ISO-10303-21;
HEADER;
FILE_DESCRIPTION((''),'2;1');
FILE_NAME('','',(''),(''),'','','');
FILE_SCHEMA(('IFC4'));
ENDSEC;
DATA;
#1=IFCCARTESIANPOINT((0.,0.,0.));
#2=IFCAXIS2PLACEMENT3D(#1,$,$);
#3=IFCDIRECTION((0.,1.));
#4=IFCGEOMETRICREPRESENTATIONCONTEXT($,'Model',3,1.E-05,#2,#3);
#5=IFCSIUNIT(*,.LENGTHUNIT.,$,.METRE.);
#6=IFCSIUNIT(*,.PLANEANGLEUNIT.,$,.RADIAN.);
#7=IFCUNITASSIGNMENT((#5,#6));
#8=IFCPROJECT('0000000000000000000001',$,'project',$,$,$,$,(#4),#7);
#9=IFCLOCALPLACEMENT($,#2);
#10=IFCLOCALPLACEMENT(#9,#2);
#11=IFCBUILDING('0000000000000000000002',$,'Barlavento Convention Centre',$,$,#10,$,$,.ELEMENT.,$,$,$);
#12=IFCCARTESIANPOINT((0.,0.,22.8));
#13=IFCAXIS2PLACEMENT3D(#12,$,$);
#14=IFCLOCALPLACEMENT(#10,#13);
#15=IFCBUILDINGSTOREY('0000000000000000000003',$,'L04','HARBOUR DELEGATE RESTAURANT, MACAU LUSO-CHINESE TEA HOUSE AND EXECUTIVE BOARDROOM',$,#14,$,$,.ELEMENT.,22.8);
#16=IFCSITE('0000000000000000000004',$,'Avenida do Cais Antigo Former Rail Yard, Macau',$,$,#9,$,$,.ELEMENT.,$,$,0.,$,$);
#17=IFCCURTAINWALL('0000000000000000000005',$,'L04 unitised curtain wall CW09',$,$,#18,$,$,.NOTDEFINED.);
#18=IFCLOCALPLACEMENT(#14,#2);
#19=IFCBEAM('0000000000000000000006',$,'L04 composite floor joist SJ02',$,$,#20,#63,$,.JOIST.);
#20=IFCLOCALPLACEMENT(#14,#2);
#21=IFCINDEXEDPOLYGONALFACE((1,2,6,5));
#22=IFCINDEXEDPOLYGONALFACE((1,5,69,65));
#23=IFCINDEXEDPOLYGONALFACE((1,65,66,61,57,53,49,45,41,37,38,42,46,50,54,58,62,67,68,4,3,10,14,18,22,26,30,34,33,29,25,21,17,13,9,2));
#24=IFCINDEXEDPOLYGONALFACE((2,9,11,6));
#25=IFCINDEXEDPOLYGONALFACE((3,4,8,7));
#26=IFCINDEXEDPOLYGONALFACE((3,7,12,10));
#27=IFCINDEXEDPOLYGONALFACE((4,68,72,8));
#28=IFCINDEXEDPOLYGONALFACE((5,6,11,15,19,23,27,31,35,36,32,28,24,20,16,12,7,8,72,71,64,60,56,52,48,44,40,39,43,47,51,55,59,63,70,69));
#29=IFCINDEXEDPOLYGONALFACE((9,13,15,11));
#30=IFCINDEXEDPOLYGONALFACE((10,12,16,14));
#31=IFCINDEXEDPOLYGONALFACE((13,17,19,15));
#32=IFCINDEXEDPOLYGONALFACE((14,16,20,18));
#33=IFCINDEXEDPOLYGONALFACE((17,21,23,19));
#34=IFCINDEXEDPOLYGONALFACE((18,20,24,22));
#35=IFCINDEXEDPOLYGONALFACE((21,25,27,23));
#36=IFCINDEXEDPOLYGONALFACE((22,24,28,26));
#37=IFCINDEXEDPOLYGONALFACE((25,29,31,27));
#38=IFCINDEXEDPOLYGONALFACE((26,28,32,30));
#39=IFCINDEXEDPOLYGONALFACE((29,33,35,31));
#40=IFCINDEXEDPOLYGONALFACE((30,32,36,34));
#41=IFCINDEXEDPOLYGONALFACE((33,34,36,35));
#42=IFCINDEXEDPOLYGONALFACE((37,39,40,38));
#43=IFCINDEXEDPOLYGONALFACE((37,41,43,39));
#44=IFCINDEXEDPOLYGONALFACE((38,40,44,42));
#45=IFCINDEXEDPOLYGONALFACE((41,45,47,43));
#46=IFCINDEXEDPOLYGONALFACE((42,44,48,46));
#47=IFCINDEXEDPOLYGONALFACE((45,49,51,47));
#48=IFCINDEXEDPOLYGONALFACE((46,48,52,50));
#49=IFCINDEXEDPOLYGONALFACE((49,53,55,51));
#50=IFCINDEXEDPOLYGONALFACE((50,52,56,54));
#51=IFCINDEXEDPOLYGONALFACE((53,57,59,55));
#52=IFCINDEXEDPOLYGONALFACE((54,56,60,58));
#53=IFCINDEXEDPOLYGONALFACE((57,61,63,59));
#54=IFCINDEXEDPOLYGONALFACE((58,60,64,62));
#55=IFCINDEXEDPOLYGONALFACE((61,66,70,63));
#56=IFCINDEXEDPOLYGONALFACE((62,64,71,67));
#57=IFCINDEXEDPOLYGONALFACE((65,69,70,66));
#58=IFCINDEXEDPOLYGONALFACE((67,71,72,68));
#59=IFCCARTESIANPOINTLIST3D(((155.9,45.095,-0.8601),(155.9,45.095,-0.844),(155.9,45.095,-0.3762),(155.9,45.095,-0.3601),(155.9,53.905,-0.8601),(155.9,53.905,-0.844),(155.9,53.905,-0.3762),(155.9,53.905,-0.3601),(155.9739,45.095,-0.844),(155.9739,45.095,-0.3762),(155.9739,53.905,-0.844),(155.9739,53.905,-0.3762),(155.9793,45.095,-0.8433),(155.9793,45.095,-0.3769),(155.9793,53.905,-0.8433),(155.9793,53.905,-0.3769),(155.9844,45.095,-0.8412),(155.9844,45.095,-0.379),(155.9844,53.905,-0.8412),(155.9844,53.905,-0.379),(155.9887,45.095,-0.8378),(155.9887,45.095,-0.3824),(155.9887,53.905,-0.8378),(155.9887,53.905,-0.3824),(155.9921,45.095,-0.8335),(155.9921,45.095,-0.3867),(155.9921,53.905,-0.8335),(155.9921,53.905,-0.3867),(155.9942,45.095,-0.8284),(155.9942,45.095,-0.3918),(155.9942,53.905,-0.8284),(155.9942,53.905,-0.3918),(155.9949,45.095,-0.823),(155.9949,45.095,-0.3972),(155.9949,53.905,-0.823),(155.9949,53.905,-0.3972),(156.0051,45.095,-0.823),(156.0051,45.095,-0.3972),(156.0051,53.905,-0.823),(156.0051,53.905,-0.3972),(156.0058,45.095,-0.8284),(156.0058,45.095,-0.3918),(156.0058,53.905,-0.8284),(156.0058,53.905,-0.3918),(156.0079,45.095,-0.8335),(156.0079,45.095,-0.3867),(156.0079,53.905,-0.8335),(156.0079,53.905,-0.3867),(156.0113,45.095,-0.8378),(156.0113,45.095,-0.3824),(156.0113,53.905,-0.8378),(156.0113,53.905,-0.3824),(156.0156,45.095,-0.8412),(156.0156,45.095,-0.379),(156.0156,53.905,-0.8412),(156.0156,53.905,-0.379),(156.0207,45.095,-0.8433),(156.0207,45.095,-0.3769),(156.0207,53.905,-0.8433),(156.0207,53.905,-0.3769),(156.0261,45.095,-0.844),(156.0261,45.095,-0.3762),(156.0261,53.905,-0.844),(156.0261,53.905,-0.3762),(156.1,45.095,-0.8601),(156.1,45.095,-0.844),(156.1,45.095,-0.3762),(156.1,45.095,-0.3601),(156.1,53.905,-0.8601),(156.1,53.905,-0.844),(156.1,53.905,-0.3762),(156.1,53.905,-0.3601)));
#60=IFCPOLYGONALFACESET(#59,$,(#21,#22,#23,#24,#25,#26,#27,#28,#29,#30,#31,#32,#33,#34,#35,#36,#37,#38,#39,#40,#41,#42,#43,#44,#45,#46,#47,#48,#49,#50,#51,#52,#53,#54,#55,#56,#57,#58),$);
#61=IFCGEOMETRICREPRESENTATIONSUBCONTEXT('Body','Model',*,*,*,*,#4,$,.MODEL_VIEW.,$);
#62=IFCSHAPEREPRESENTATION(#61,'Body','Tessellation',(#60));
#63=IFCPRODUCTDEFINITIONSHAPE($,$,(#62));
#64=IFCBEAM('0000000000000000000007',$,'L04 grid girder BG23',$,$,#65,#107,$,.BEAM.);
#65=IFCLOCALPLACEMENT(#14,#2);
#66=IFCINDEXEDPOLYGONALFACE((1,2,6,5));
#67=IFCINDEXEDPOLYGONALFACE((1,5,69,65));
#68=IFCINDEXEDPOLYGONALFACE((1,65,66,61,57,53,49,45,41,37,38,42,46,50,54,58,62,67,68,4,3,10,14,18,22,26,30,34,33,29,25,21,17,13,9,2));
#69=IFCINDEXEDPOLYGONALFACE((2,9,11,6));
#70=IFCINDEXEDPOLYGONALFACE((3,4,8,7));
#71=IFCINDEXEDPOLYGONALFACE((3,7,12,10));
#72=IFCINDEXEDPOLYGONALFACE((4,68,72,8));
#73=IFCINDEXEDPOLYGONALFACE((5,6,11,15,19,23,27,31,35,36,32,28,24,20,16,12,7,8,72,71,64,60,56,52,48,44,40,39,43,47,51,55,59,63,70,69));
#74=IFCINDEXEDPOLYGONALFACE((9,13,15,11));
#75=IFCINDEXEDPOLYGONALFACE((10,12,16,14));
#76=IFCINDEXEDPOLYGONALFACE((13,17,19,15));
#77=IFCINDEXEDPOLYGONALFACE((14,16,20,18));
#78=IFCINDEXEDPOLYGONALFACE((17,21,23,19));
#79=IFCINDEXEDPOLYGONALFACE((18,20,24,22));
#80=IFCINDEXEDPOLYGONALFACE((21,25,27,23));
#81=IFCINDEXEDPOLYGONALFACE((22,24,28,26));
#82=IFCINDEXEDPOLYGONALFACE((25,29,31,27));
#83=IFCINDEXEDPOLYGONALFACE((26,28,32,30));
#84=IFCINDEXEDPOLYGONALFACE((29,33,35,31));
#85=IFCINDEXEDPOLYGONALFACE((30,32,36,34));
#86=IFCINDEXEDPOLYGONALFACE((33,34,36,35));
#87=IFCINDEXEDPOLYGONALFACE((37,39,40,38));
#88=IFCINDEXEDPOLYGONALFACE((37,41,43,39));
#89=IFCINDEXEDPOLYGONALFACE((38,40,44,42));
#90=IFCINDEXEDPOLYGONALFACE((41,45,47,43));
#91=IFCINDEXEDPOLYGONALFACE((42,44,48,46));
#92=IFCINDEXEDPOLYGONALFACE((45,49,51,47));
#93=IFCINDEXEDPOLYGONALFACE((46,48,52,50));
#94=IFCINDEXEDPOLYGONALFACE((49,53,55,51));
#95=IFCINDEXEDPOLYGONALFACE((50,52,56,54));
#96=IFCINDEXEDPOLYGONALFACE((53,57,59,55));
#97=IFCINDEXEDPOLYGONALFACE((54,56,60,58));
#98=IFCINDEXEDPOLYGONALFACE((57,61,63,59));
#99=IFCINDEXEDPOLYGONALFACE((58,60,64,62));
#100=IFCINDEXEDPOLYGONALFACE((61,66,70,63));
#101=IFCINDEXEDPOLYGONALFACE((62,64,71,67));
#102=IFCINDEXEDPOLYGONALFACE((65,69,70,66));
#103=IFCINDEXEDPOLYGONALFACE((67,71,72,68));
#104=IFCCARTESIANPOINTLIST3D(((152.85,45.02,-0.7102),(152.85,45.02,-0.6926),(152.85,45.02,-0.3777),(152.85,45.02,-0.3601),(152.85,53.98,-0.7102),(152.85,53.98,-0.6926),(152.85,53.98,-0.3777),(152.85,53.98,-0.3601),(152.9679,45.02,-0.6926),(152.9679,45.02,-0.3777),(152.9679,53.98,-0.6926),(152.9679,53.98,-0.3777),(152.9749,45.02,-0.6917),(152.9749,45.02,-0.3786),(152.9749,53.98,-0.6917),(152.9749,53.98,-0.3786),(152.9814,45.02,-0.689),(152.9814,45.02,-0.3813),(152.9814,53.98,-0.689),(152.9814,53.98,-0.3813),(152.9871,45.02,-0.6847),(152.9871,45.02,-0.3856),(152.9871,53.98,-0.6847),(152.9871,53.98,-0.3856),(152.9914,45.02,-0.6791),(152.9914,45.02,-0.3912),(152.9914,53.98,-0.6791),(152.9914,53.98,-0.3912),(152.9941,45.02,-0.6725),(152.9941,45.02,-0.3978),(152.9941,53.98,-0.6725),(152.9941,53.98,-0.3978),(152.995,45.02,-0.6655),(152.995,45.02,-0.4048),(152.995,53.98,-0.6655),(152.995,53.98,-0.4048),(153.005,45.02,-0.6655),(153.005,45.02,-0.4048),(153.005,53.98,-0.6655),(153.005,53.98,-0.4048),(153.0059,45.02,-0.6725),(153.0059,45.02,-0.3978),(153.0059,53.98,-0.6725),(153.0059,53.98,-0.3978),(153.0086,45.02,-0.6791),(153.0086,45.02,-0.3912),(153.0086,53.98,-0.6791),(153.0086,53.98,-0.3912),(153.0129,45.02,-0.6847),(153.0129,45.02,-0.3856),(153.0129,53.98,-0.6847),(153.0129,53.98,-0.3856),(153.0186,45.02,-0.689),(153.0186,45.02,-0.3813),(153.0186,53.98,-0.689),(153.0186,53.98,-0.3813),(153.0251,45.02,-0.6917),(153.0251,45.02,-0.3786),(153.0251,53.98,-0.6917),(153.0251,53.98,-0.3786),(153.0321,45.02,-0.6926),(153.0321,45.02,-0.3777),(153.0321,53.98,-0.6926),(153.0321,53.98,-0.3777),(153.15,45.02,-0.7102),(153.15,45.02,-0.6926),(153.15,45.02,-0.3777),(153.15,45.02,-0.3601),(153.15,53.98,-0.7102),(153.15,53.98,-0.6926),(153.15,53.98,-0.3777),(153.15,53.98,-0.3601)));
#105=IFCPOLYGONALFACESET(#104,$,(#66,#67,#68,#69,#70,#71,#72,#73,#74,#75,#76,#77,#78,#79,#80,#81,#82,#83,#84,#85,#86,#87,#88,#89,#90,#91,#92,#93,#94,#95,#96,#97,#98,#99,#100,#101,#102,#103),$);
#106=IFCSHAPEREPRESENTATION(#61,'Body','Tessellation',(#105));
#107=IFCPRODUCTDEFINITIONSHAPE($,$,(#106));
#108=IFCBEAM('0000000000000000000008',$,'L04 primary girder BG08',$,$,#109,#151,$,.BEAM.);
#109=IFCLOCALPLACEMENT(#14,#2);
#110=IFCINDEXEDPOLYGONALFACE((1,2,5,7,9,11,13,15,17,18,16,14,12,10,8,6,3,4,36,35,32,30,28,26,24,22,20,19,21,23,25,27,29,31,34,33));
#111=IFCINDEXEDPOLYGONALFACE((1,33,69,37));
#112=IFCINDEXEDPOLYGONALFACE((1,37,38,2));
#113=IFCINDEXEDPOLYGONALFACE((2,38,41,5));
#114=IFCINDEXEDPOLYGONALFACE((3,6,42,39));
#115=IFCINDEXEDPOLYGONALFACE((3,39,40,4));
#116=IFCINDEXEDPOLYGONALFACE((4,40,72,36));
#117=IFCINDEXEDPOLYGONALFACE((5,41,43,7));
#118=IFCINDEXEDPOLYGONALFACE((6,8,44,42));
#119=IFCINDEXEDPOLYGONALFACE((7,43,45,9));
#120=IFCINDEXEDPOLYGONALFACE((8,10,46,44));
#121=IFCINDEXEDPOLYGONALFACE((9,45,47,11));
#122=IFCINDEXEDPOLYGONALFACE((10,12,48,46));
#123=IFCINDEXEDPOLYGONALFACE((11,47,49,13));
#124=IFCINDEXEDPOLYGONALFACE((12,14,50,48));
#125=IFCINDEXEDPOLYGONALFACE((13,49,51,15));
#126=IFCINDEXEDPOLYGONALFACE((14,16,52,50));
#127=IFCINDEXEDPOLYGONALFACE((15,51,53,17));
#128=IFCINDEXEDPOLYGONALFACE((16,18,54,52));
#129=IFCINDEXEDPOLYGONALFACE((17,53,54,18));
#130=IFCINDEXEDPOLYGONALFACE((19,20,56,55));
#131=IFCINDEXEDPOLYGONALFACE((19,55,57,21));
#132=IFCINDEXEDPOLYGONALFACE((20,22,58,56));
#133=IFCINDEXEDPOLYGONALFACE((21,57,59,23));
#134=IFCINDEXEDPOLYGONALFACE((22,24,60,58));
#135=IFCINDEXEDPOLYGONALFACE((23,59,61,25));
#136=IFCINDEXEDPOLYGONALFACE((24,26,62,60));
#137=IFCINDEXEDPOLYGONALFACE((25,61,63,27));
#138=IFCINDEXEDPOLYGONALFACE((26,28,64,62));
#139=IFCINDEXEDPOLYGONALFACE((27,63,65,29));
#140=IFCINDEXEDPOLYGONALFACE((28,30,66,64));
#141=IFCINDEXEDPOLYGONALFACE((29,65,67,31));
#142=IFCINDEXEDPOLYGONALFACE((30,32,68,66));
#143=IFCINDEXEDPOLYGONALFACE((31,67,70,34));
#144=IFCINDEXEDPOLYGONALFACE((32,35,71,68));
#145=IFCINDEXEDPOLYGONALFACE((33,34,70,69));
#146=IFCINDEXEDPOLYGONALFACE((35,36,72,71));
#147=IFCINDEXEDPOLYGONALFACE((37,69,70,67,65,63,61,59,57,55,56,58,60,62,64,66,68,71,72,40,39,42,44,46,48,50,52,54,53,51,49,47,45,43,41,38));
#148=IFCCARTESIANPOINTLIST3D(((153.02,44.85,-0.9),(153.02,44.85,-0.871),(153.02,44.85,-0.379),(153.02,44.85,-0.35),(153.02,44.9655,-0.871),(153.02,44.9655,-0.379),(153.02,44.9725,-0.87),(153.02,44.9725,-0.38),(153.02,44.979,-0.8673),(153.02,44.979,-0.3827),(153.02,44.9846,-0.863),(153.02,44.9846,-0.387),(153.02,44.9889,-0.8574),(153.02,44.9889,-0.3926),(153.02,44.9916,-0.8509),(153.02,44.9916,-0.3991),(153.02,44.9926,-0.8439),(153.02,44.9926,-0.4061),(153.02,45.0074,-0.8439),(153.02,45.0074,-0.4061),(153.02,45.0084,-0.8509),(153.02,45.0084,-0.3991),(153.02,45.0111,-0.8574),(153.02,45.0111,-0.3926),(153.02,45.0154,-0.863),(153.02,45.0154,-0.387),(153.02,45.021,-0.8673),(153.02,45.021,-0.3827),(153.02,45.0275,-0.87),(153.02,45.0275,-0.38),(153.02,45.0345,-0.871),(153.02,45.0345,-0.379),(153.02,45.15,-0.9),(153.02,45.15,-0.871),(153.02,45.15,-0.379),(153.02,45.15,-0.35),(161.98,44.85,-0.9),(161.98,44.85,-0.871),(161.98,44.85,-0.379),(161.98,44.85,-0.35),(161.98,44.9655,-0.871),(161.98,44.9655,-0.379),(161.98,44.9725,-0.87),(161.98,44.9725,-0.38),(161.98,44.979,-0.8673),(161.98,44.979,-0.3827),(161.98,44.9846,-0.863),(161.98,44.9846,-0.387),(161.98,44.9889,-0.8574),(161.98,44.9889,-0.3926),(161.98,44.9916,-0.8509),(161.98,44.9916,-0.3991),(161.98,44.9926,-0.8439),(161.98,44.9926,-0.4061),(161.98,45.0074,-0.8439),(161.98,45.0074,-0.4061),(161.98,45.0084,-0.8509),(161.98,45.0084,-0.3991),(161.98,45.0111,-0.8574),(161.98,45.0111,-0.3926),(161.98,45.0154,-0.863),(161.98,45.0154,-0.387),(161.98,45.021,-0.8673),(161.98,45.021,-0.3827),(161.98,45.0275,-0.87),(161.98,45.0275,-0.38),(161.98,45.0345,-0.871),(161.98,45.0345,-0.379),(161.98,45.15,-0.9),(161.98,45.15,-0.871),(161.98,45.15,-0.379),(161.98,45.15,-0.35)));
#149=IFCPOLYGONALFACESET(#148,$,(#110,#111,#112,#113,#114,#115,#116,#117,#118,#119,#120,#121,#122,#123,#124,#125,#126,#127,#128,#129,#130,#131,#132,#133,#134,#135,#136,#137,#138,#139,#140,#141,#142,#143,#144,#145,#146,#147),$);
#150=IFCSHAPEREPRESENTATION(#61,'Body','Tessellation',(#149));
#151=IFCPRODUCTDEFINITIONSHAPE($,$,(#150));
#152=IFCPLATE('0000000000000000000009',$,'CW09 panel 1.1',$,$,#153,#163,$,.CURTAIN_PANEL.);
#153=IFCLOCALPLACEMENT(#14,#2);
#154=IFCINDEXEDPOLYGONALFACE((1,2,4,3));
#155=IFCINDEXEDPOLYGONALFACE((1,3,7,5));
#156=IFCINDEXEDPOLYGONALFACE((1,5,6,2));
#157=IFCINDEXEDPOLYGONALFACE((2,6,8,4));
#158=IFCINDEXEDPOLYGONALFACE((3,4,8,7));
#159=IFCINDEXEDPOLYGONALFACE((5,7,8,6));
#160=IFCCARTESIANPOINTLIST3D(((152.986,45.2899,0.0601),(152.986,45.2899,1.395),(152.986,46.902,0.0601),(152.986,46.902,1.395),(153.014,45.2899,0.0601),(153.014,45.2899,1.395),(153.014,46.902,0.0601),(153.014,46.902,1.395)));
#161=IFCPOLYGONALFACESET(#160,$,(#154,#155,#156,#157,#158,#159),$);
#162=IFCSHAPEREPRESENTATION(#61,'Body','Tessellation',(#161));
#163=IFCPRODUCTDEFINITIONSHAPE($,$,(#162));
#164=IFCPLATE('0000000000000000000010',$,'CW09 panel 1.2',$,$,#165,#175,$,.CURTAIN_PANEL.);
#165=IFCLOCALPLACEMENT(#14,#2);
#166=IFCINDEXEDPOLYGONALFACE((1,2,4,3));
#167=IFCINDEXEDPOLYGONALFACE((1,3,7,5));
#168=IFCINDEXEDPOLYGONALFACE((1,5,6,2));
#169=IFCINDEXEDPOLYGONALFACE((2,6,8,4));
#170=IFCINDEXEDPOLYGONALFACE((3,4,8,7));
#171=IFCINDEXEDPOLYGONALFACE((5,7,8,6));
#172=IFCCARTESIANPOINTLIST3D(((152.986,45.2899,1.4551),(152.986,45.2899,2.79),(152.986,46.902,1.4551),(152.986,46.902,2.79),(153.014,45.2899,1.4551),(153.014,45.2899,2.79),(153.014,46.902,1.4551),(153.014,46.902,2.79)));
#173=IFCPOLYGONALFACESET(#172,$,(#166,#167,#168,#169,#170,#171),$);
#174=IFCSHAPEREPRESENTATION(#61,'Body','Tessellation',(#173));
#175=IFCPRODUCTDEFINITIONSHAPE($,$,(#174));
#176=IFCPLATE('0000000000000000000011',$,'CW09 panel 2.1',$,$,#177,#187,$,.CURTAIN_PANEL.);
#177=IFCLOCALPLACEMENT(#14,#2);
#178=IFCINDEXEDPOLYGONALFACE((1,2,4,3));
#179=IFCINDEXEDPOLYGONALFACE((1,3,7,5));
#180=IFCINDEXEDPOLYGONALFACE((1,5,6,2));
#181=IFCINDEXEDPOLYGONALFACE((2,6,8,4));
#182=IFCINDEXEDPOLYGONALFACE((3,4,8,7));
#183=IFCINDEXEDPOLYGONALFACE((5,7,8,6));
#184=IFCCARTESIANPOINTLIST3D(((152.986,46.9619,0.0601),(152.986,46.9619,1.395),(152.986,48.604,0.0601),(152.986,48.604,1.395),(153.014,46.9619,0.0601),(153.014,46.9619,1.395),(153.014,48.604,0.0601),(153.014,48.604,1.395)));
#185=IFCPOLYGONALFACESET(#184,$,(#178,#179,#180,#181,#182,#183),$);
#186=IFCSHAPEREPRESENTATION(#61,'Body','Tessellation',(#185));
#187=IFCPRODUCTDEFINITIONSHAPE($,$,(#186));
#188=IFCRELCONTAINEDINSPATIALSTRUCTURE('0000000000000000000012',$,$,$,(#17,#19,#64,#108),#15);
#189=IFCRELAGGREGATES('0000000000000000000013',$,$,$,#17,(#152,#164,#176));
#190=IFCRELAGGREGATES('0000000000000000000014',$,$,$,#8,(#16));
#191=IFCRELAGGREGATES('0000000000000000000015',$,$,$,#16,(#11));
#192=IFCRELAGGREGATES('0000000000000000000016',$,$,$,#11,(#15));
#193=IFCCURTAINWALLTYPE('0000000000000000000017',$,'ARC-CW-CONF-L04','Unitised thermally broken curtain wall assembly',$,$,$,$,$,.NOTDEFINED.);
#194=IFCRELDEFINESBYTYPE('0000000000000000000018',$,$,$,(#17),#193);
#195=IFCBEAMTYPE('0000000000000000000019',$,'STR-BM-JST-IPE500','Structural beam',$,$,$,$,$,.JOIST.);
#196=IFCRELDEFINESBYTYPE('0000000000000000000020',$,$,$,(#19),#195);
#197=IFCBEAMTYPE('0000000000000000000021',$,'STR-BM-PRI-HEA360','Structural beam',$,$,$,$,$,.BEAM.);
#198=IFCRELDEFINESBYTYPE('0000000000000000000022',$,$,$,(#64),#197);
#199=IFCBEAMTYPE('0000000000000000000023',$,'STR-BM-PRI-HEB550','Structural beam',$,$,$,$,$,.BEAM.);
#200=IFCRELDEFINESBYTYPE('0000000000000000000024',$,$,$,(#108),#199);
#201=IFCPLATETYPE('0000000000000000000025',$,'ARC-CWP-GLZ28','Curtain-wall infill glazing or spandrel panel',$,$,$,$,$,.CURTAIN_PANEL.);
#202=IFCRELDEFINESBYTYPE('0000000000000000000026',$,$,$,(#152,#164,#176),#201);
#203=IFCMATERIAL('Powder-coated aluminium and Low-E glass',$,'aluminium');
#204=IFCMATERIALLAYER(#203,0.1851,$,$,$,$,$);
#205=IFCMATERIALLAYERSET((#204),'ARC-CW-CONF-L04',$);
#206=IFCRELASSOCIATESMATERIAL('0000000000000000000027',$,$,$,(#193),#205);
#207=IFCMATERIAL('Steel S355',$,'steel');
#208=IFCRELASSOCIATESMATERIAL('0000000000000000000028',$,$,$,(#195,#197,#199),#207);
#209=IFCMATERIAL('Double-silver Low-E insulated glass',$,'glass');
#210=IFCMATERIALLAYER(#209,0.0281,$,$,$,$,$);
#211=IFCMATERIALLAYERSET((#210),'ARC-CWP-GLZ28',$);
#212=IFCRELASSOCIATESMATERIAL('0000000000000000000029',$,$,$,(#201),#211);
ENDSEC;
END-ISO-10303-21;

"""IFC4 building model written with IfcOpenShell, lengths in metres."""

from ifc_helpers import new_model, si_unit, direction, frame, origin, origin_2d, place, context, subcontext, project, spatial, rectangle, i_section, extrude, material, layer, layer_set, material_profile, profile_set, type_object, element, aggregate, save


model = new_model("IFC4")

# Units and contexts
model_context = context("Model", 3, precision=1e-05, world=origin(), true_north=direction((0.0, 1.0)))
body_context = subcontext(model_context, "Body", "Model", "MODEL_VIEW")
ifc_project = project(units=[si_unit("LENGTHUNIT", "METRE"), si_unit("PLANEANGLEUNIT", "RADIAN")], contexts=[model_context])

# Site, building, storey
site_placement = place(None, origin())
site = spatial("IfcSite", under=ifc_project, at=site_placement, Name="Avenida do Cais Antigo Former Rail Yard, Macau", CompositionType="ELEMENT", RefElevation=0.0)
building_placement = place(site_placement, origin())
building = spatial("IfcBuilding", under=site, at=building_placement, Name="Barlavento Convention Centre", CompositionType="ELEMENT")
storey_placement = place(building_placement, frame((0.0, 0.0, 22.8)))
storey = spatial("IfcBuildingStorey", under=building, at=storey_placement, Name="L04", Description="HARBOUR DELEGATE RESTAURANT, MACAU LUSO-CHINESE TEA HOUSE AND EXECUTIVE BOARDROOM", CompositionType="ELEMENT", Elevation=22.8)

# Shared definitions
ifc_material_1 = material(Name="Steel S355", Category="steel")

# Curtain wall
ifc_material_2 = material(Name="Powder-coated aluminium and Low-E glass", Category="aluminium")
ifc_layer_1 = layer(ifc_material_2, 0.1851)
ifc_layer_set_1 = layer_set([ifc_layer_1], Name="ARC-CW-CONF-L04")
curtain_wall_type = type_object("IfcCurtainWallType", Name="ARC-CW-CONF-L04", Description="Unitised thermally broken curtain wall assembly", PredefinedType="NOTDEFINED", material=ifc_layer_set_1)
curtain_wall_placement = place(storey_placement, origin())
curtain_wall = element("IfcCurtainWall", 1, at=curtain_wall_placement, inside=storey, type_object=curtain_wall_type, Name="L04 unitised curtain wall CW09", PredefinedType="NOTDEFINED")

# Beams
ifc_material_profile_1 = material_profile(ifc_material_1, i_section(OverallWidth=0.2, OverallDepth=0.5, WebThickness=0.0103, FlangeThickness=0.0161, FilletRadius=0.021, at=origin_2d()), Name="IPE 500")
ifc_profile_set_1 = profile_set([ifc_material_profile_1], Name="Steel S355")
beam_type_1 = type_object("IfcBeamType", Name="STR-BM-JST-IPE500", Description="Structural beam", PredefinedType="JOIST", material=ifc_profile_set_1)
beam_1_placement = place(storey_placement, frame((156.0, 45.095, -0.6101), z_axis=(0.0, 1.0, 0.0), x_axis=(-1.0, 0.0, 0.0)))
element("IfcBeam", 2, at=beam_1_placement, inside=storey, type_object=beam_type_1, Name="L04 composite floor joist SJ02", PredefinedType="JOIST", context=body_context, shape_type="SweptSolid", body=[
    extrude(i_section(OverallWidth=0.2, OverallDepth=0.5, WebThickness=0.0103, FlangeThickness=0.0161, FilletRadius=0.021, at=origin_2d()), origin(), (0.0, 0.0, 1.0), 8.8101),
])
ifc_material_profile_2 = material_profile(ifc_material_1, i_section(OverallWidth=0.3, OverallDepth=0.3501, WebThickness=0.01, FlangeThickness=0.0176, FilletRadius=0.0271, at=origin_2d()), Name="HEA 360")
ifc_profile_set_2 = profile_set([ifc_material_profile_2], Name="Steel S355")
beam_type_2 = type_object("IfcBeamType", Name="STR-BM-PRI-HEA360", Description="Structural beam", PredefinedType="BEAM", material=ifc_profile_set_2)
beam_2_placement = place(storey_placement, frame((153.0, 45.02, -0.5352), z_axis=(0.0, 1.0, 0.0), x_axis=(-1.0, 0.0, 0.0)))
element("IfcBeam", 3, at=beam_2_placement, inside=storey, type_object=beam_type_2, Name="L04 grid girder BG23", PredefinedType="BEAM", context=body_context, shape_type="SweptSolid", body=[
    extrude(i_section(OverallWidth=0.3, OverallDepth=0.3501, WebThickness=0.01, FlangeThickness=0.0176, FilletRadius=0.0271, at=origin_2d()), origin(), (0.0, 0.0, 1.0), 8.96),
])
ifc_material_profile_3 = material_profile(ifc_material_1, i_section(OverallWidth=0.3, OverallDepth=0.55, WebThickness=0.0149, FlangeThickness=0.0291, FilletRadius=0.0271, at=origin_2d()), Name="HEB 550")
ifc_profile_set_3 = profile_set([ifc_material_profile_3], Name="Steel S355")
beam_type_3 = type_object("IfcBeamType", Name="STR-BM-PRI-HEB550", Description="Structural beam", PredefinedType="BEAM", material=ifc_profile_set_3)
beam_3_placement = place(storey_placement, frame((153.02, 45.0, -0.625), z_axis=(1.0, 0.0, 0.0), x_axis=(0.0, 1.0, 0.0)))
element("IfcBeam", 4, at=beam_3_placement, inside=storey, type_object=beam_type_3, Name="L04 primary girder BG08", PredefinedType="BEAM", context=body_context, shape_type="SweptSolid", body=[
    extrude(i_section(OverallWidth=0.3, OverallDepth=0.55, WebThickness=0.0149, FlangeThickness=0.0291, FilletRadius=0.0271, at=origin_2d()), origin(), (0.0, 0.0, 1.0), 8.96),
])

# Plates
ifc_material_3 = material(Name="Double-silver Low-E insulated glass", Category="glass")
ifc_layer_2 = layer(ifc_material_3, 0.0281)
ifc_layer_set_2 = layer_set([ifc_layer_2], Name="ARC-CWP-GLZ28")
plate_type = type_object("IfcPlateType", Name="ARC-CWP-GLZ28", Description="Curtain-wall infill glazing or spandrel panel", PredefinedType="CURTAIN_PANEL", material=ifc_layer_set_2)
plate_1_placement = place(storey_placement, frame((153.0, 46.0959, 0.0601), z_axis=(0.0, 0.0, 1.0), x_axis=(0.0, 1.0, 0.0)))
plate_1 = element("IfcPlate", 5, at=plate_1_placement, type_object=plate_type, Name="CW09 panel 1.1", PredefinedType="CURTAIN_PANEL", context=body_context, shape_type="SweptSolid", body=[
    extrude(rectangle(XDim=1.6121, YDim=0.0281, at=origin_2d()), origin(), (0.0, 0.0, 1.0), 1.335),
])
plate_2_placement = place(storey_placement, frame((153.0, 46.0959, 1.4551), z_axis=(0.0, 0.0, 1.0), x_axis=(0.0, 1.0, 0.0)))
plate_2 = element("IfcPlate", 6, at=plate_2_placement, type_object=plate_type, Name="CW09 panel 1.2", PredefinedType="CURTAIN_PANEL", context=body_context, shape_type="SweptSolid", body=[
    extrude(rectangle(XDim=1.6121, YDim=0.0281, at=origin_2d()), origin(), (0.0, 0.0, 1.0), 1.335),
])
plate_3_placement = place(storey_placement, frame((153.0, 47.783, 0.0601), z_axis=(0.0, 0.0, 1.0), x_axis=(0.0, 1.0, 0.0)))
plate_3 = element("IfcPlate", 7, at=plate_3_placement, type_object=plate_type, Name="CW09 panel 2.1", PredefinedType="CURTAIN_PANEL", context=body_context, shape_type="SweptSolid", body=[
    extrude(rectangle(XDim=1.6421, YDim=0.0281, at=origin_2d()), origin(), (0.0, 0.0, 1.0), 1.335),
])
aggregate(curtain_wall, [plate_1, plate_2, plate_3])

save(model, "model.ifc")
